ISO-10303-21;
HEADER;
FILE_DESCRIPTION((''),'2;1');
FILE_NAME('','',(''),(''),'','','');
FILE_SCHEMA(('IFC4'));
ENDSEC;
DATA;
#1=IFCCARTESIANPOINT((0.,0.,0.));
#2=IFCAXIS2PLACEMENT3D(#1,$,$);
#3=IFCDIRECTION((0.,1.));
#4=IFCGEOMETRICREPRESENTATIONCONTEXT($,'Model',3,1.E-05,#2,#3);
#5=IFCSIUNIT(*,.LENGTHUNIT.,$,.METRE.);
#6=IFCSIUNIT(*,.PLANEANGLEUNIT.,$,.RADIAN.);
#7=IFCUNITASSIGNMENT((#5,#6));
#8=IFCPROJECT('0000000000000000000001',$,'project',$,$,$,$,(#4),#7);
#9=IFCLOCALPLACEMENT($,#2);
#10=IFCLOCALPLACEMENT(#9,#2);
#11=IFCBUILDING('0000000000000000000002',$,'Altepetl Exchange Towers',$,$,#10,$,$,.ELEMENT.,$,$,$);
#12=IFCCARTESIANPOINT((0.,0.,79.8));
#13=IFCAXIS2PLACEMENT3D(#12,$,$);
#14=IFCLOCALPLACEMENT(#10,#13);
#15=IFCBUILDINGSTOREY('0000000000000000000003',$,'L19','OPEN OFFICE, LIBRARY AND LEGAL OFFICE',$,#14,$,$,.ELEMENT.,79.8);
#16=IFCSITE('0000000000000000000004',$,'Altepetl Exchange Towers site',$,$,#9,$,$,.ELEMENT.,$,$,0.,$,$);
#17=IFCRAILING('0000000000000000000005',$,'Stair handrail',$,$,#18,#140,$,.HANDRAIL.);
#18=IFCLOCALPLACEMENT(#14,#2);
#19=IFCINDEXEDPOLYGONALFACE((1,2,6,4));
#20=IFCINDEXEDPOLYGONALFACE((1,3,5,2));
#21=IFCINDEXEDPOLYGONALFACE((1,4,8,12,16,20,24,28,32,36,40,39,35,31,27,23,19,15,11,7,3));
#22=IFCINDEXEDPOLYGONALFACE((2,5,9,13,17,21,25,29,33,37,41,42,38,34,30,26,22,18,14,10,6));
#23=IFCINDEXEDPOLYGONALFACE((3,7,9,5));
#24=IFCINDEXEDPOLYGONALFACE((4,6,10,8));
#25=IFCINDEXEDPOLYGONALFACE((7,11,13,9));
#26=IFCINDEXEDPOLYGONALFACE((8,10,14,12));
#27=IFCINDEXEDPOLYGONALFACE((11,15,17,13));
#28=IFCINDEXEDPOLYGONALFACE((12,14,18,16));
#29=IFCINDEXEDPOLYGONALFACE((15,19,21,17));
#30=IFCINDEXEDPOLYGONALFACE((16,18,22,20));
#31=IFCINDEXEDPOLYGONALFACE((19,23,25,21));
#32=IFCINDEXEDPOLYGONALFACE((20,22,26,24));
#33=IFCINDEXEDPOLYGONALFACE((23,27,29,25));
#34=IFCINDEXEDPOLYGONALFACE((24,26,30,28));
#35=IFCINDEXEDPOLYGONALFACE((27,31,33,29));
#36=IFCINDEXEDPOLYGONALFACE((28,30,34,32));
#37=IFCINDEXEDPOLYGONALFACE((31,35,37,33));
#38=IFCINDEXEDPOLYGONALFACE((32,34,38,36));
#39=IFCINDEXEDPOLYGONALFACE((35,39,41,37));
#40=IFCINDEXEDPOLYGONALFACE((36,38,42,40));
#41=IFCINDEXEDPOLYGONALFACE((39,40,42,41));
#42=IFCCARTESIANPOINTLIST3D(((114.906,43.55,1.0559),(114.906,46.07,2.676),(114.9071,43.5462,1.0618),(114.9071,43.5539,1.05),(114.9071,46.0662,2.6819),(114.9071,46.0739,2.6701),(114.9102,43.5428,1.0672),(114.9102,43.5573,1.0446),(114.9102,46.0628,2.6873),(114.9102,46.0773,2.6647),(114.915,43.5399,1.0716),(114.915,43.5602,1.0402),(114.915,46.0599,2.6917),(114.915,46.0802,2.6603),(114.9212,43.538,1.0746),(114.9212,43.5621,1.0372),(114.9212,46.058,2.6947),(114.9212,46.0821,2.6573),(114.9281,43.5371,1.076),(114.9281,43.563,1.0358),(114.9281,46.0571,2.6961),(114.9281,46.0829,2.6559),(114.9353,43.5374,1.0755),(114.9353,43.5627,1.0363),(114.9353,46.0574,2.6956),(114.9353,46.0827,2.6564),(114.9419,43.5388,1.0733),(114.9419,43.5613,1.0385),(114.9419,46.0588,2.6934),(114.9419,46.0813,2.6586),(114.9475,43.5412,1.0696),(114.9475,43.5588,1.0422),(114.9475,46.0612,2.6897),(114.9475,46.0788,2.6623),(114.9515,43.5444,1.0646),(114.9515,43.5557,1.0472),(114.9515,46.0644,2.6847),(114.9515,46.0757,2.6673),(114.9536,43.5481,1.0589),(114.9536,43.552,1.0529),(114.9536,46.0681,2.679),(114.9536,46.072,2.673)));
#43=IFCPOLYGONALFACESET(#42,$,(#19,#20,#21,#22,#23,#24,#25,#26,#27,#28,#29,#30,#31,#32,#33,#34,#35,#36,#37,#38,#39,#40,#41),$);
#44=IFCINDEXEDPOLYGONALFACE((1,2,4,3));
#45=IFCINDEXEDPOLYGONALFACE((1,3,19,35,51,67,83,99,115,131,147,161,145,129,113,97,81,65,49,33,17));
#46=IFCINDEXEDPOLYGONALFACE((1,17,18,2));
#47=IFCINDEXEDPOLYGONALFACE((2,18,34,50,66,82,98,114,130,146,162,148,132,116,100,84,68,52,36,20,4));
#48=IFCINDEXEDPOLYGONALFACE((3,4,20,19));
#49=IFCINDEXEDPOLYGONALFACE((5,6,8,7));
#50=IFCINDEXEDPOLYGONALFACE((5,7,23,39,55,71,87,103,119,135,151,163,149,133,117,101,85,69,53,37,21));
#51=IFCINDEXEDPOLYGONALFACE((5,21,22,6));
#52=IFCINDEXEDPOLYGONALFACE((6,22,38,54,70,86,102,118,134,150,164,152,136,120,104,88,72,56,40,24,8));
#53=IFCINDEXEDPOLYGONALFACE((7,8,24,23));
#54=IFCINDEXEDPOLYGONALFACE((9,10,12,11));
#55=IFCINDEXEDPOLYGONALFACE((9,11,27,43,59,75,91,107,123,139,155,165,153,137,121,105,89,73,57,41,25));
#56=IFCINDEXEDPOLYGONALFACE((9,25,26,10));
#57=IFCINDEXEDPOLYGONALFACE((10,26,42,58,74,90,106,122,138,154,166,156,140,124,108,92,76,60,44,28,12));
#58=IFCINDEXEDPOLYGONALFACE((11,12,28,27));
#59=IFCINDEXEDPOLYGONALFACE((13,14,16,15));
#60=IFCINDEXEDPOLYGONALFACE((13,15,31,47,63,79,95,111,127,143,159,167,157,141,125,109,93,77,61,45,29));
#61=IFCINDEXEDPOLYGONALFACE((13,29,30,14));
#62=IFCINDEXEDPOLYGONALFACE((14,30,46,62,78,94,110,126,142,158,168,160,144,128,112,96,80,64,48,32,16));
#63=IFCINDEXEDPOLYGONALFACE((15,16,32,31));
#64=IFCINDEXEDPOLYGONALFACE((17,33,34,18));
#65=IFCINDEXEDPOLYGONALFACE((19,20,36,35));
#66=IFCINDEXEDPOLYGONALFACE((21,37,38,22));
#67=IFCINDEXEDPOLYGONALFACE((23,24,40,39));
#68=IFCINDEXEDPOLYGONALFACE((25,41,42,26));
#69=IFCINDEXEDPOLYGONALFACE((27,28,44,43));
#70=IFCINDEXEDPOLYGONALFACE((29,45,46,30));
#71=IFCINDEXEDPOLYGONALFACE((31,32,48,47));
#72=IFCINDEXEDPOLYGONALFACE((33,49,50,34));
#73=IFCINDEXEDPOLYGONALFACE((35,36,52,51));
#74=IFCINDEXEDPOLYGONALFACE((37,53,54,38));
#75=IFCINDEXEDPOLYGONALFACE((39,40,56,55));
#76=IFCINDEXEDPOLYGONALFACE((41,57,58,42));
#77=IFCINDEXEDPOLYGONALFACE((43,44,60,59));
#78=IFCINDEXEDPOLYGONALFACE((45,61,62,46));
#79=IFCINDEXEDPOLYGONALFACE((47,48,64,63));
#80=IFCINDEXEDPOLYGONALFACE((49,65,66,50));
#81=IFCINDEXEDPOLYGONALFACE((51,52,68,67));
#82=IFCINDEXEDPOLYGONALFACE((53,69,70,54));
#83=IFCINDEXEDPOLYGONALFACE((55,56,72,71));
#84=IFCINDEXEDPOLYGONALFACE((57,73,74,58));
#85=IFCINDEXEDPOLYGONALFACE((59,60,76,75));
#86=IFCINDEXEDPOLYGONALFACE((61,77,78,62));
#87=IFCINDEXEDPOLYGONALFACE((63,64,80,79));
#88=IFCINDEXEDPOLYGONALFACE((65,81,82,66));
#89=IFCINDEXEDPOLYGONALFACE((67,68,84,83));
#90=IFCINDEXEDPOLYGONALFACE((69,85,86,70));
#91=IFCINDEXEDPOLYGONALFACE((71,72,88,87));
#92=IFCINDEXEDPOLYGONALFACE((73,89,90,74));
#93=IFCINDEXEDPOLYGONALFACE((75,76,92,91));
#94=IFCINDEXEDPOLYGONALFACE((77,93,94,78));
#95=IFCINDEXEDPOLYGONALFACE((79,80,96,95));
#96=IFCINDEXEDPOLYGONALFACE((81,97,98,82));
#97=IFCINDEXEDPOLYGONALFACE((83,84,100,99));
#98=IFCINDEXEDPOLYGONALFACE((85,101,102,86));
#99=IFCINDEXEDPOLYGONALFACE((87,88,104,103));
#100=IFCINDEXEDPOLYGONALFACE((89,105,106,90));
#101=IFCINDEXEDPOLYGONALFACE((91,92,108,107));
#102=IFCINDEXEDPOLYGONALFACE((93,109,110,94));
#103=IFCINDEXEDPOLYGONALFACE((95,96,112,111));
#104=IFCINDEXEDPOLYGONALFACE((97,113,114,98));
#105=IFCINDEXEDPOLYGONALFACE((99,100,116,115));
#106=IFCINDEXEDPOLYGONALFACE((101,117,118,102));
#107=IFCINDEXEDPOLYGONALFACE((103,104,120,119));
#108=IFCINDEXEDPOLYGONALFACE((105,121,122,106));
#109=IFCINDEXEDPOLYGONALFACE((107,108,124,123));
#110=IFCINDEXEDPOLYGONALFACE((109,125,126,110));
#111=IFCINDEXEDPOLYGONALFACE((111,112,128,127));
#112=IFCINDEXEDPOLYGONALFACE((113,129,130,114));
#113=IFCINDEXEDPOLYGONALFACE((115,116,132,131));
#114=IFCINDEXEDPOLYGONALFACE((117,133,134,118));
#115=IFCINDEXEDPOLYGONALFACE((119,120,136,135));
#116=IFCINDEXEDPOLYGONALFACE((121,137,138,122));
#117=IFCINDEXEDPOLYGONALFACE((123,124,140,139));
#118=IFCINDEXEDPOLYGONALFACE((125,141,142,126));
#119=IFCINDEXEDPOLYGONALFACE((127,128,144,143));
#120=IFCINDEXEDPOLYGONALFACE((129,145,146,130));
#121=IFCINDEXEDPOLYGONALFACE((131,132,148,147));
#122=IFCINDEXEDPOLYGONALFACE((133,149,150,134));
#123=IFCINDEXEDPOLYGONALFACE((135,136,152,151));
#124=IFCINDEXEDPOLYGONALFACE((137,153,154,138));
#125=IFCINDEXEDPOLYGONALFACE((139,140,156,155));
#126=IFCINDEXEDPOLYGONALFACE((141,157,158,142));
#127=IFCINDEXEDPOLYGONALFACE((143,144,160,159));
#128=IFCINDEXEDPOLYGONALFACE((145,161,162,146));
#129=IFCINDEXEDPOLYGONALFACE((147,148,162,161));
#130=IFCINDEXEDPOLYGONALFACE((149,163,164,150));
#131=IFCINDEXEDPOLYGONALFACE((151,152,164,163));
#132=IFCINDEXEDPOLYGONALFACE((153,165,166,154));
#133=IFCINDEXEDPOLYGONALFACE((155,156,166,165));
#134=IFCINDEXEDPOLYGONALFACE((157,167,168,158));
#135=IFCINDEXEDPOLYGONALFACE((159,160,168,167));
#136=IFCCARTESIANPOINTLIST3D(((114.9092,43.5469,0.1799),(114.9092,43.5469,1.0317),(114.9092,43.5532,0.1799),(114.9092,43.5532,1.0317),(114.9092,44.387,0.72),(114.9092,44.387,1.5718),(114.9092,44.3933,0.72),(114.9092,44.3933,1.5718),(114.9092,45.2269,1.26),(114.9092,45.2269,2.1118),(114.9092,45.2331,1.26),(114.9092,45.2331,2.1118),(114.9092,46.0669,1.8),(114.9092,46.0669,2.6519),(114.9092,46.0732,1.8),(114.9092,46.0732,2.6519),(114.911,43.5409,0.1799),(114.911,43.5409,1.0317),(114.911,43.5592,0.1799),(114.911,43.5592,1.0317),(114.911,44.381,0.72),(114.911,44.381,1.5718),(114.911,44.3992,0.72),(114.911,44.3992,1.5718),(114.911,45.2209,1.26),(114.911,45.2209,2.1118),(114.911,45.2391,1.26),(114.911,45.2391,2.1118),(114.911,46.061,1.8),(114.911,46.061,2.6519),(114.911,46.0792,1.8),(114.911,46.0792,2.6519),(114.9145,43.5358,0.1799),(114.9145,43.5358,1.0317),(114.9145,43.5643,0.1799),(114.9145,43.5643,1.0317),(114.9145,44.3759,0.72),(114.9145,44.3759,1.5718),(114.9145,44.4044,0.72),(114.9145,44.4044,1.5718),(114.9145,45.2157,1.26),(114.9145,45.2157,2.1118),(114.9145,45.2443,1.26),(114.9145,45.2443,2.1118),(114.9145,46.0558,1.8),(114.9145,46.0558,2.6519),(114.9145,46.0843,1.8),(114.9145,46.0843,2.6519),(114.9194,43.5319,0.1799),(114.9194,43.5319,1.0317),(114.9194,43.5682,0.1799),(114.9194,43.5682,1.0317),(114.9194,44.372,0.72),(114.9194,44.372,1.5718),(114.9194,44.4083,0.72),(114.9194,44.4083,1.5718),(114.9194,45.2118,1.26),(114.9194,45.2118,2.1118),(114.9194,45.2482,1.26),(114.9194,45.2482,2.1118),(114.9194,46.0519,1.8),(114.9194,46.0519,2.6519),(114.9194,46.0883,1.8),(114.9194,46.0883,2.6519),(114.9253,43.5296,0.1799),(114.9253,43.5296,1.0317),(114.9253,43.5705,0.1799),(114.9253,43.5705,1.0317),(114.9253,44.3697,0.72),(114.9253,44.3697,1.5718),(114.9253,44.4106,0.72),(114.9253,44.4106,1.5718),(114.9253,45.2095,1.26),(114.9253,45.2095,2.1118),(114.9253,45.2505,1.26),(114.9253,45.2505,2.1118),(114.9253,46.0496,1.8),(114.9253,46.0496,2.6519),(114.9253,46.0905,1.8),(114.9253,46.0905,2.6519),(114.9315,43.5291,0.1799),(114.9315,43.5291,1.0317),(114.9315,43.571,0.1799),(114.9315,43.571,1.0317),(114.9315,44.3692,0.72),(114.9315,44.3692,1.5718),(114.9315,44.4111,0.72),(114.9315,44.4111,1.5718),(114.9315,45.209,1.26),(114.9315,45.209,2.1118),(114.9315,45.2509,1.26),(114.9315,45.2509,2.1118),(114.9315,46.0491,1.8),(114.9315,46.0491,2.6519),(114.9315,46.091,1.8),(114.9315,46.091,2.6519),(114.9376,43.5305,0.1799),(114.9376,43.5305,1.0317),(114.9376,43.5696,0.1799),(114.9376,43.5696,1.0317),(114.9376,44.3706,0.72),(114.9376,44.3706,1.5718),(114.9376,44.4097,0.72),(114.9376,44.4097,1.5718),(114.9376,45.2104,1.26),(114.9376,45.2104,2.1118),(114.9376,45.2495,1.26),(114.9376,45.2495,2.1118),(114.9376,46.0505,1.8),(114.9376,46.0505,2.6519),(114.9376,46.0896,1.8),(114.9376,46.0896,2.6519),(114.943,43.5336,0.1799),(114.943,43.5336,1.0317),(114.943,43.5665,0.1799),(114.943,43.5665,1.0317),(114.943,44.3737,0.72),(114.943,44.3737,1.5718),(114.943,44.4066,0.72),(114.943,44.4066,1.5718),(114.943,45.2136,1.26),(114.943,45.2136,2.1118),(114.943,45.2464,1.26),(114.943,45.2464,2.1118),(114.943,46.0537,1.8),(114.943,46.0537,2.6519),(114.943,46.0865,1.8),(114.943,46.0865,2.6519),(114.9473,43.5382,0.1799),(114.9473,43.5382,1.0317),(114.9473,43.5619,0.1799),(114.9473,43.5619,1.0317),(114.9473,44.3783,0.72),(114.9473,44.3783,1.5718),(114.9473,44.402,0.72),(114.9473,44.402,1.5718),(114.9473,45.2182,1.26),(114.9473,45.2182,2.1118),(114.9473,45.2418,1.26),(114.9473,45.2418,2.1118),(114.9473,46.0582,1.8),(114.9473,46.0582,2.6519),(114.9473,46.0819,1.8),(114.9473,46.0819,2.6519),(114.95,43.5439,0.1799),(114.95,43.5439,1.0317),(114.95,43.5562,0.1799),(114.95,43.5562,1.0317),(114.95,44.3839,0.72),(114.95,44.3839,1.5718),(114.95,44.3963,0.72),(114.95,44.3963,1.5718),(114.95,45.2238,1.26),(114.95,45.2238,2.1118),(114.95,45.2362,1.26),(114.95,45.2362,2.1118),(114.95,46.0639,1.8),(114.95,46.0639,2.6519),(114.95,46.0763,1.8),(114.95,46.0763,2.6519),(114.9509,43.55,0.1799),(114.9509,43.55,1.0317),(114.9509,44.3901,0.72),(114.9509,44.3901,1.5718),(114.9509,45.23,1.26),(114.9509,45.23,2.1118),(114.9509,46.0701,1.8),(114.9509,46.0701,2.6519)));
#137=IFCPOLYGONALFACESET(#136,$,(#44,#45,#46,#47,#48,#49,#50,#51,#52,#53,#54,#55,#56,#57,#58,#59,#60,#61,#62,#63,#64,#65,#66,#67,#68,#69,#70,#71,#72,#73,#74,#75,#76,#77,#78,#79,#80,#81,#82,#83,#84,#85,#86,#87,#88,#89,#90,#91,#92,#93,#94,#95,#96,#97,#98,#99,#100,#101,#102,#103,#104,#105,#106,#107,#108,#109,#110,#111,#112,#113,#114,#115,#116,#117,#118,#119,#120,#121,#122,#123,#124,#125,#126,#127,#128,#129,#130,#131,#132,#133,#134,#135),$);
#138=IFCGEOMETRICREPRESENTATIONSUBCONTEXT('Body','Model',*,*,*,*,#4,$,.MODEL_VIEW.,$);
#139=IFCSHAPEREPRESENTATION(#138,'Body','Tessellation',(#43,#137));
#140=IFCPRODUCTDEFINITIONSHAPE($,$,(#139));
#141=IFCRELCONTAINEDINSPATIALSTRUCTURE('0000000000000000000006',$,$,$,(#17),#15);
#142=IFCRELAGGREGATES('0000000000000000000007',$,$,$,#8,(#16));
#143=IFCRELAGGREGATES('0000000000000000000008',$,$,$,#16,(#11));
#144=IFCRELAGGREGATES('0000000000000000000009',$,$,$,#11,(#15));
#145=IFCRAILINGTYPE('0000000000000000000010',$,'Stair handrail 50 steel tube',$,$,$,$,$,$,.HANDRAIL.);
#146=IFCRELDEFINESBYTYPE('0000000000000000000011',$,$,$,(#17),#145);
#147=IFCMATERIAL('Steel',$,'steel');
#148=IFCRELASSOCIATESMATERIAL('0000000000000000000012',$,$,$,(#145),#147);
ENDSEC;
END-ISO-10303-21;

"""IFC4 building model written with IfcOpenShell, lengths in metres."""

from ifc_helpers import new_model, si_unit, direction, frame, origin, origin_2d, place, context, subcontext, project, spatial, circle, extrude, source, transform, mapped, material, type_object, element, save


model = new_model("IFC4")

# Units and contexts
model_context = context("Model", 3, precision=1e-05, world=origin(), true_north=direction((0.0, 1.0)))
body_context = subcontext(model_context, "Body", "Model", "MODEL_VIEW")
ifc_project = project(units=[si_unit("LENGTHUNIT", "METRE"), si_unit("PLANEANGLEUNIT", "RADIAN")], contexts=[model_context])

# Site, building, storey
site_placement = place(None, origin())
site = spatial("IfcSite", under=ifc_project, at=site_placement, Name="Altepetl Exchange Towers site", CompositionType="ELEMENT", RefElevation=0.0)
building_placement = place(site_placement, origin())
building = spatial("IfcBuilding", under=site, at=building_placement, Name="Altepetl Exchange Towers", CompositionType="ELEMENT")
storey_placement = place(building_placement, frame((0.0, 0.0, 79.8)))
storey = spatial("IfcBuildingStorey", under=building, at=storey_placement, Name="L19", Description="OPEN OFFICE, LIBRARY AND LEGAL OFFICE", CompositionType="ELEMENT", Elevation=79.8)

# Railing
ifc_material_1 = material(Name="Steel", Category="steel")
railing_type = type_object("IfcRailingType", Name="Stair handrail 50 steel tube", PredefinedType="HANDRAIL", material=ifc_material_1)
shared_shape = source(origin(), body_context, "Body", "SweptSolid", [
    extrude(circle(Radius=0.021, at=origin_2d()), origin(), (0.0, 0.0, 1.0), 0.8518),
])
railing_1_placement = place(storey_placement, frame((114.9299, 43.55, 0.1799)))
element("IfcRailing", 1, at=railing_1_placement, inside=storey, type_object=railing_type, Name="Stair handrail", PredefinedType="HANDRAIL", context=body_context, shape_type="SweptSolid", body=[
    extrude(circle(Radius=0.0239, at=origin_2d()), frame((0.0, 0.0, 0.876), z_axis=(0.0, 0.841163, 0.540782), x_axis=(-1.0, 0.0, 0.0)), (0.0, 0.0, 1.0), 2.9958),
    mapped(shared_shape, transform((0.0, 0.0, 0.0))),
    mapped(shared_shape, transform((0.0, 0.8401, 0.54))),
    mapped(shared_shape, transform((0.0, 1.6799, 1.0801))),
    mapped(shared_shape, transform((0.0, 2.52, 1.6201))),
])

save(model, "model.ifc")
